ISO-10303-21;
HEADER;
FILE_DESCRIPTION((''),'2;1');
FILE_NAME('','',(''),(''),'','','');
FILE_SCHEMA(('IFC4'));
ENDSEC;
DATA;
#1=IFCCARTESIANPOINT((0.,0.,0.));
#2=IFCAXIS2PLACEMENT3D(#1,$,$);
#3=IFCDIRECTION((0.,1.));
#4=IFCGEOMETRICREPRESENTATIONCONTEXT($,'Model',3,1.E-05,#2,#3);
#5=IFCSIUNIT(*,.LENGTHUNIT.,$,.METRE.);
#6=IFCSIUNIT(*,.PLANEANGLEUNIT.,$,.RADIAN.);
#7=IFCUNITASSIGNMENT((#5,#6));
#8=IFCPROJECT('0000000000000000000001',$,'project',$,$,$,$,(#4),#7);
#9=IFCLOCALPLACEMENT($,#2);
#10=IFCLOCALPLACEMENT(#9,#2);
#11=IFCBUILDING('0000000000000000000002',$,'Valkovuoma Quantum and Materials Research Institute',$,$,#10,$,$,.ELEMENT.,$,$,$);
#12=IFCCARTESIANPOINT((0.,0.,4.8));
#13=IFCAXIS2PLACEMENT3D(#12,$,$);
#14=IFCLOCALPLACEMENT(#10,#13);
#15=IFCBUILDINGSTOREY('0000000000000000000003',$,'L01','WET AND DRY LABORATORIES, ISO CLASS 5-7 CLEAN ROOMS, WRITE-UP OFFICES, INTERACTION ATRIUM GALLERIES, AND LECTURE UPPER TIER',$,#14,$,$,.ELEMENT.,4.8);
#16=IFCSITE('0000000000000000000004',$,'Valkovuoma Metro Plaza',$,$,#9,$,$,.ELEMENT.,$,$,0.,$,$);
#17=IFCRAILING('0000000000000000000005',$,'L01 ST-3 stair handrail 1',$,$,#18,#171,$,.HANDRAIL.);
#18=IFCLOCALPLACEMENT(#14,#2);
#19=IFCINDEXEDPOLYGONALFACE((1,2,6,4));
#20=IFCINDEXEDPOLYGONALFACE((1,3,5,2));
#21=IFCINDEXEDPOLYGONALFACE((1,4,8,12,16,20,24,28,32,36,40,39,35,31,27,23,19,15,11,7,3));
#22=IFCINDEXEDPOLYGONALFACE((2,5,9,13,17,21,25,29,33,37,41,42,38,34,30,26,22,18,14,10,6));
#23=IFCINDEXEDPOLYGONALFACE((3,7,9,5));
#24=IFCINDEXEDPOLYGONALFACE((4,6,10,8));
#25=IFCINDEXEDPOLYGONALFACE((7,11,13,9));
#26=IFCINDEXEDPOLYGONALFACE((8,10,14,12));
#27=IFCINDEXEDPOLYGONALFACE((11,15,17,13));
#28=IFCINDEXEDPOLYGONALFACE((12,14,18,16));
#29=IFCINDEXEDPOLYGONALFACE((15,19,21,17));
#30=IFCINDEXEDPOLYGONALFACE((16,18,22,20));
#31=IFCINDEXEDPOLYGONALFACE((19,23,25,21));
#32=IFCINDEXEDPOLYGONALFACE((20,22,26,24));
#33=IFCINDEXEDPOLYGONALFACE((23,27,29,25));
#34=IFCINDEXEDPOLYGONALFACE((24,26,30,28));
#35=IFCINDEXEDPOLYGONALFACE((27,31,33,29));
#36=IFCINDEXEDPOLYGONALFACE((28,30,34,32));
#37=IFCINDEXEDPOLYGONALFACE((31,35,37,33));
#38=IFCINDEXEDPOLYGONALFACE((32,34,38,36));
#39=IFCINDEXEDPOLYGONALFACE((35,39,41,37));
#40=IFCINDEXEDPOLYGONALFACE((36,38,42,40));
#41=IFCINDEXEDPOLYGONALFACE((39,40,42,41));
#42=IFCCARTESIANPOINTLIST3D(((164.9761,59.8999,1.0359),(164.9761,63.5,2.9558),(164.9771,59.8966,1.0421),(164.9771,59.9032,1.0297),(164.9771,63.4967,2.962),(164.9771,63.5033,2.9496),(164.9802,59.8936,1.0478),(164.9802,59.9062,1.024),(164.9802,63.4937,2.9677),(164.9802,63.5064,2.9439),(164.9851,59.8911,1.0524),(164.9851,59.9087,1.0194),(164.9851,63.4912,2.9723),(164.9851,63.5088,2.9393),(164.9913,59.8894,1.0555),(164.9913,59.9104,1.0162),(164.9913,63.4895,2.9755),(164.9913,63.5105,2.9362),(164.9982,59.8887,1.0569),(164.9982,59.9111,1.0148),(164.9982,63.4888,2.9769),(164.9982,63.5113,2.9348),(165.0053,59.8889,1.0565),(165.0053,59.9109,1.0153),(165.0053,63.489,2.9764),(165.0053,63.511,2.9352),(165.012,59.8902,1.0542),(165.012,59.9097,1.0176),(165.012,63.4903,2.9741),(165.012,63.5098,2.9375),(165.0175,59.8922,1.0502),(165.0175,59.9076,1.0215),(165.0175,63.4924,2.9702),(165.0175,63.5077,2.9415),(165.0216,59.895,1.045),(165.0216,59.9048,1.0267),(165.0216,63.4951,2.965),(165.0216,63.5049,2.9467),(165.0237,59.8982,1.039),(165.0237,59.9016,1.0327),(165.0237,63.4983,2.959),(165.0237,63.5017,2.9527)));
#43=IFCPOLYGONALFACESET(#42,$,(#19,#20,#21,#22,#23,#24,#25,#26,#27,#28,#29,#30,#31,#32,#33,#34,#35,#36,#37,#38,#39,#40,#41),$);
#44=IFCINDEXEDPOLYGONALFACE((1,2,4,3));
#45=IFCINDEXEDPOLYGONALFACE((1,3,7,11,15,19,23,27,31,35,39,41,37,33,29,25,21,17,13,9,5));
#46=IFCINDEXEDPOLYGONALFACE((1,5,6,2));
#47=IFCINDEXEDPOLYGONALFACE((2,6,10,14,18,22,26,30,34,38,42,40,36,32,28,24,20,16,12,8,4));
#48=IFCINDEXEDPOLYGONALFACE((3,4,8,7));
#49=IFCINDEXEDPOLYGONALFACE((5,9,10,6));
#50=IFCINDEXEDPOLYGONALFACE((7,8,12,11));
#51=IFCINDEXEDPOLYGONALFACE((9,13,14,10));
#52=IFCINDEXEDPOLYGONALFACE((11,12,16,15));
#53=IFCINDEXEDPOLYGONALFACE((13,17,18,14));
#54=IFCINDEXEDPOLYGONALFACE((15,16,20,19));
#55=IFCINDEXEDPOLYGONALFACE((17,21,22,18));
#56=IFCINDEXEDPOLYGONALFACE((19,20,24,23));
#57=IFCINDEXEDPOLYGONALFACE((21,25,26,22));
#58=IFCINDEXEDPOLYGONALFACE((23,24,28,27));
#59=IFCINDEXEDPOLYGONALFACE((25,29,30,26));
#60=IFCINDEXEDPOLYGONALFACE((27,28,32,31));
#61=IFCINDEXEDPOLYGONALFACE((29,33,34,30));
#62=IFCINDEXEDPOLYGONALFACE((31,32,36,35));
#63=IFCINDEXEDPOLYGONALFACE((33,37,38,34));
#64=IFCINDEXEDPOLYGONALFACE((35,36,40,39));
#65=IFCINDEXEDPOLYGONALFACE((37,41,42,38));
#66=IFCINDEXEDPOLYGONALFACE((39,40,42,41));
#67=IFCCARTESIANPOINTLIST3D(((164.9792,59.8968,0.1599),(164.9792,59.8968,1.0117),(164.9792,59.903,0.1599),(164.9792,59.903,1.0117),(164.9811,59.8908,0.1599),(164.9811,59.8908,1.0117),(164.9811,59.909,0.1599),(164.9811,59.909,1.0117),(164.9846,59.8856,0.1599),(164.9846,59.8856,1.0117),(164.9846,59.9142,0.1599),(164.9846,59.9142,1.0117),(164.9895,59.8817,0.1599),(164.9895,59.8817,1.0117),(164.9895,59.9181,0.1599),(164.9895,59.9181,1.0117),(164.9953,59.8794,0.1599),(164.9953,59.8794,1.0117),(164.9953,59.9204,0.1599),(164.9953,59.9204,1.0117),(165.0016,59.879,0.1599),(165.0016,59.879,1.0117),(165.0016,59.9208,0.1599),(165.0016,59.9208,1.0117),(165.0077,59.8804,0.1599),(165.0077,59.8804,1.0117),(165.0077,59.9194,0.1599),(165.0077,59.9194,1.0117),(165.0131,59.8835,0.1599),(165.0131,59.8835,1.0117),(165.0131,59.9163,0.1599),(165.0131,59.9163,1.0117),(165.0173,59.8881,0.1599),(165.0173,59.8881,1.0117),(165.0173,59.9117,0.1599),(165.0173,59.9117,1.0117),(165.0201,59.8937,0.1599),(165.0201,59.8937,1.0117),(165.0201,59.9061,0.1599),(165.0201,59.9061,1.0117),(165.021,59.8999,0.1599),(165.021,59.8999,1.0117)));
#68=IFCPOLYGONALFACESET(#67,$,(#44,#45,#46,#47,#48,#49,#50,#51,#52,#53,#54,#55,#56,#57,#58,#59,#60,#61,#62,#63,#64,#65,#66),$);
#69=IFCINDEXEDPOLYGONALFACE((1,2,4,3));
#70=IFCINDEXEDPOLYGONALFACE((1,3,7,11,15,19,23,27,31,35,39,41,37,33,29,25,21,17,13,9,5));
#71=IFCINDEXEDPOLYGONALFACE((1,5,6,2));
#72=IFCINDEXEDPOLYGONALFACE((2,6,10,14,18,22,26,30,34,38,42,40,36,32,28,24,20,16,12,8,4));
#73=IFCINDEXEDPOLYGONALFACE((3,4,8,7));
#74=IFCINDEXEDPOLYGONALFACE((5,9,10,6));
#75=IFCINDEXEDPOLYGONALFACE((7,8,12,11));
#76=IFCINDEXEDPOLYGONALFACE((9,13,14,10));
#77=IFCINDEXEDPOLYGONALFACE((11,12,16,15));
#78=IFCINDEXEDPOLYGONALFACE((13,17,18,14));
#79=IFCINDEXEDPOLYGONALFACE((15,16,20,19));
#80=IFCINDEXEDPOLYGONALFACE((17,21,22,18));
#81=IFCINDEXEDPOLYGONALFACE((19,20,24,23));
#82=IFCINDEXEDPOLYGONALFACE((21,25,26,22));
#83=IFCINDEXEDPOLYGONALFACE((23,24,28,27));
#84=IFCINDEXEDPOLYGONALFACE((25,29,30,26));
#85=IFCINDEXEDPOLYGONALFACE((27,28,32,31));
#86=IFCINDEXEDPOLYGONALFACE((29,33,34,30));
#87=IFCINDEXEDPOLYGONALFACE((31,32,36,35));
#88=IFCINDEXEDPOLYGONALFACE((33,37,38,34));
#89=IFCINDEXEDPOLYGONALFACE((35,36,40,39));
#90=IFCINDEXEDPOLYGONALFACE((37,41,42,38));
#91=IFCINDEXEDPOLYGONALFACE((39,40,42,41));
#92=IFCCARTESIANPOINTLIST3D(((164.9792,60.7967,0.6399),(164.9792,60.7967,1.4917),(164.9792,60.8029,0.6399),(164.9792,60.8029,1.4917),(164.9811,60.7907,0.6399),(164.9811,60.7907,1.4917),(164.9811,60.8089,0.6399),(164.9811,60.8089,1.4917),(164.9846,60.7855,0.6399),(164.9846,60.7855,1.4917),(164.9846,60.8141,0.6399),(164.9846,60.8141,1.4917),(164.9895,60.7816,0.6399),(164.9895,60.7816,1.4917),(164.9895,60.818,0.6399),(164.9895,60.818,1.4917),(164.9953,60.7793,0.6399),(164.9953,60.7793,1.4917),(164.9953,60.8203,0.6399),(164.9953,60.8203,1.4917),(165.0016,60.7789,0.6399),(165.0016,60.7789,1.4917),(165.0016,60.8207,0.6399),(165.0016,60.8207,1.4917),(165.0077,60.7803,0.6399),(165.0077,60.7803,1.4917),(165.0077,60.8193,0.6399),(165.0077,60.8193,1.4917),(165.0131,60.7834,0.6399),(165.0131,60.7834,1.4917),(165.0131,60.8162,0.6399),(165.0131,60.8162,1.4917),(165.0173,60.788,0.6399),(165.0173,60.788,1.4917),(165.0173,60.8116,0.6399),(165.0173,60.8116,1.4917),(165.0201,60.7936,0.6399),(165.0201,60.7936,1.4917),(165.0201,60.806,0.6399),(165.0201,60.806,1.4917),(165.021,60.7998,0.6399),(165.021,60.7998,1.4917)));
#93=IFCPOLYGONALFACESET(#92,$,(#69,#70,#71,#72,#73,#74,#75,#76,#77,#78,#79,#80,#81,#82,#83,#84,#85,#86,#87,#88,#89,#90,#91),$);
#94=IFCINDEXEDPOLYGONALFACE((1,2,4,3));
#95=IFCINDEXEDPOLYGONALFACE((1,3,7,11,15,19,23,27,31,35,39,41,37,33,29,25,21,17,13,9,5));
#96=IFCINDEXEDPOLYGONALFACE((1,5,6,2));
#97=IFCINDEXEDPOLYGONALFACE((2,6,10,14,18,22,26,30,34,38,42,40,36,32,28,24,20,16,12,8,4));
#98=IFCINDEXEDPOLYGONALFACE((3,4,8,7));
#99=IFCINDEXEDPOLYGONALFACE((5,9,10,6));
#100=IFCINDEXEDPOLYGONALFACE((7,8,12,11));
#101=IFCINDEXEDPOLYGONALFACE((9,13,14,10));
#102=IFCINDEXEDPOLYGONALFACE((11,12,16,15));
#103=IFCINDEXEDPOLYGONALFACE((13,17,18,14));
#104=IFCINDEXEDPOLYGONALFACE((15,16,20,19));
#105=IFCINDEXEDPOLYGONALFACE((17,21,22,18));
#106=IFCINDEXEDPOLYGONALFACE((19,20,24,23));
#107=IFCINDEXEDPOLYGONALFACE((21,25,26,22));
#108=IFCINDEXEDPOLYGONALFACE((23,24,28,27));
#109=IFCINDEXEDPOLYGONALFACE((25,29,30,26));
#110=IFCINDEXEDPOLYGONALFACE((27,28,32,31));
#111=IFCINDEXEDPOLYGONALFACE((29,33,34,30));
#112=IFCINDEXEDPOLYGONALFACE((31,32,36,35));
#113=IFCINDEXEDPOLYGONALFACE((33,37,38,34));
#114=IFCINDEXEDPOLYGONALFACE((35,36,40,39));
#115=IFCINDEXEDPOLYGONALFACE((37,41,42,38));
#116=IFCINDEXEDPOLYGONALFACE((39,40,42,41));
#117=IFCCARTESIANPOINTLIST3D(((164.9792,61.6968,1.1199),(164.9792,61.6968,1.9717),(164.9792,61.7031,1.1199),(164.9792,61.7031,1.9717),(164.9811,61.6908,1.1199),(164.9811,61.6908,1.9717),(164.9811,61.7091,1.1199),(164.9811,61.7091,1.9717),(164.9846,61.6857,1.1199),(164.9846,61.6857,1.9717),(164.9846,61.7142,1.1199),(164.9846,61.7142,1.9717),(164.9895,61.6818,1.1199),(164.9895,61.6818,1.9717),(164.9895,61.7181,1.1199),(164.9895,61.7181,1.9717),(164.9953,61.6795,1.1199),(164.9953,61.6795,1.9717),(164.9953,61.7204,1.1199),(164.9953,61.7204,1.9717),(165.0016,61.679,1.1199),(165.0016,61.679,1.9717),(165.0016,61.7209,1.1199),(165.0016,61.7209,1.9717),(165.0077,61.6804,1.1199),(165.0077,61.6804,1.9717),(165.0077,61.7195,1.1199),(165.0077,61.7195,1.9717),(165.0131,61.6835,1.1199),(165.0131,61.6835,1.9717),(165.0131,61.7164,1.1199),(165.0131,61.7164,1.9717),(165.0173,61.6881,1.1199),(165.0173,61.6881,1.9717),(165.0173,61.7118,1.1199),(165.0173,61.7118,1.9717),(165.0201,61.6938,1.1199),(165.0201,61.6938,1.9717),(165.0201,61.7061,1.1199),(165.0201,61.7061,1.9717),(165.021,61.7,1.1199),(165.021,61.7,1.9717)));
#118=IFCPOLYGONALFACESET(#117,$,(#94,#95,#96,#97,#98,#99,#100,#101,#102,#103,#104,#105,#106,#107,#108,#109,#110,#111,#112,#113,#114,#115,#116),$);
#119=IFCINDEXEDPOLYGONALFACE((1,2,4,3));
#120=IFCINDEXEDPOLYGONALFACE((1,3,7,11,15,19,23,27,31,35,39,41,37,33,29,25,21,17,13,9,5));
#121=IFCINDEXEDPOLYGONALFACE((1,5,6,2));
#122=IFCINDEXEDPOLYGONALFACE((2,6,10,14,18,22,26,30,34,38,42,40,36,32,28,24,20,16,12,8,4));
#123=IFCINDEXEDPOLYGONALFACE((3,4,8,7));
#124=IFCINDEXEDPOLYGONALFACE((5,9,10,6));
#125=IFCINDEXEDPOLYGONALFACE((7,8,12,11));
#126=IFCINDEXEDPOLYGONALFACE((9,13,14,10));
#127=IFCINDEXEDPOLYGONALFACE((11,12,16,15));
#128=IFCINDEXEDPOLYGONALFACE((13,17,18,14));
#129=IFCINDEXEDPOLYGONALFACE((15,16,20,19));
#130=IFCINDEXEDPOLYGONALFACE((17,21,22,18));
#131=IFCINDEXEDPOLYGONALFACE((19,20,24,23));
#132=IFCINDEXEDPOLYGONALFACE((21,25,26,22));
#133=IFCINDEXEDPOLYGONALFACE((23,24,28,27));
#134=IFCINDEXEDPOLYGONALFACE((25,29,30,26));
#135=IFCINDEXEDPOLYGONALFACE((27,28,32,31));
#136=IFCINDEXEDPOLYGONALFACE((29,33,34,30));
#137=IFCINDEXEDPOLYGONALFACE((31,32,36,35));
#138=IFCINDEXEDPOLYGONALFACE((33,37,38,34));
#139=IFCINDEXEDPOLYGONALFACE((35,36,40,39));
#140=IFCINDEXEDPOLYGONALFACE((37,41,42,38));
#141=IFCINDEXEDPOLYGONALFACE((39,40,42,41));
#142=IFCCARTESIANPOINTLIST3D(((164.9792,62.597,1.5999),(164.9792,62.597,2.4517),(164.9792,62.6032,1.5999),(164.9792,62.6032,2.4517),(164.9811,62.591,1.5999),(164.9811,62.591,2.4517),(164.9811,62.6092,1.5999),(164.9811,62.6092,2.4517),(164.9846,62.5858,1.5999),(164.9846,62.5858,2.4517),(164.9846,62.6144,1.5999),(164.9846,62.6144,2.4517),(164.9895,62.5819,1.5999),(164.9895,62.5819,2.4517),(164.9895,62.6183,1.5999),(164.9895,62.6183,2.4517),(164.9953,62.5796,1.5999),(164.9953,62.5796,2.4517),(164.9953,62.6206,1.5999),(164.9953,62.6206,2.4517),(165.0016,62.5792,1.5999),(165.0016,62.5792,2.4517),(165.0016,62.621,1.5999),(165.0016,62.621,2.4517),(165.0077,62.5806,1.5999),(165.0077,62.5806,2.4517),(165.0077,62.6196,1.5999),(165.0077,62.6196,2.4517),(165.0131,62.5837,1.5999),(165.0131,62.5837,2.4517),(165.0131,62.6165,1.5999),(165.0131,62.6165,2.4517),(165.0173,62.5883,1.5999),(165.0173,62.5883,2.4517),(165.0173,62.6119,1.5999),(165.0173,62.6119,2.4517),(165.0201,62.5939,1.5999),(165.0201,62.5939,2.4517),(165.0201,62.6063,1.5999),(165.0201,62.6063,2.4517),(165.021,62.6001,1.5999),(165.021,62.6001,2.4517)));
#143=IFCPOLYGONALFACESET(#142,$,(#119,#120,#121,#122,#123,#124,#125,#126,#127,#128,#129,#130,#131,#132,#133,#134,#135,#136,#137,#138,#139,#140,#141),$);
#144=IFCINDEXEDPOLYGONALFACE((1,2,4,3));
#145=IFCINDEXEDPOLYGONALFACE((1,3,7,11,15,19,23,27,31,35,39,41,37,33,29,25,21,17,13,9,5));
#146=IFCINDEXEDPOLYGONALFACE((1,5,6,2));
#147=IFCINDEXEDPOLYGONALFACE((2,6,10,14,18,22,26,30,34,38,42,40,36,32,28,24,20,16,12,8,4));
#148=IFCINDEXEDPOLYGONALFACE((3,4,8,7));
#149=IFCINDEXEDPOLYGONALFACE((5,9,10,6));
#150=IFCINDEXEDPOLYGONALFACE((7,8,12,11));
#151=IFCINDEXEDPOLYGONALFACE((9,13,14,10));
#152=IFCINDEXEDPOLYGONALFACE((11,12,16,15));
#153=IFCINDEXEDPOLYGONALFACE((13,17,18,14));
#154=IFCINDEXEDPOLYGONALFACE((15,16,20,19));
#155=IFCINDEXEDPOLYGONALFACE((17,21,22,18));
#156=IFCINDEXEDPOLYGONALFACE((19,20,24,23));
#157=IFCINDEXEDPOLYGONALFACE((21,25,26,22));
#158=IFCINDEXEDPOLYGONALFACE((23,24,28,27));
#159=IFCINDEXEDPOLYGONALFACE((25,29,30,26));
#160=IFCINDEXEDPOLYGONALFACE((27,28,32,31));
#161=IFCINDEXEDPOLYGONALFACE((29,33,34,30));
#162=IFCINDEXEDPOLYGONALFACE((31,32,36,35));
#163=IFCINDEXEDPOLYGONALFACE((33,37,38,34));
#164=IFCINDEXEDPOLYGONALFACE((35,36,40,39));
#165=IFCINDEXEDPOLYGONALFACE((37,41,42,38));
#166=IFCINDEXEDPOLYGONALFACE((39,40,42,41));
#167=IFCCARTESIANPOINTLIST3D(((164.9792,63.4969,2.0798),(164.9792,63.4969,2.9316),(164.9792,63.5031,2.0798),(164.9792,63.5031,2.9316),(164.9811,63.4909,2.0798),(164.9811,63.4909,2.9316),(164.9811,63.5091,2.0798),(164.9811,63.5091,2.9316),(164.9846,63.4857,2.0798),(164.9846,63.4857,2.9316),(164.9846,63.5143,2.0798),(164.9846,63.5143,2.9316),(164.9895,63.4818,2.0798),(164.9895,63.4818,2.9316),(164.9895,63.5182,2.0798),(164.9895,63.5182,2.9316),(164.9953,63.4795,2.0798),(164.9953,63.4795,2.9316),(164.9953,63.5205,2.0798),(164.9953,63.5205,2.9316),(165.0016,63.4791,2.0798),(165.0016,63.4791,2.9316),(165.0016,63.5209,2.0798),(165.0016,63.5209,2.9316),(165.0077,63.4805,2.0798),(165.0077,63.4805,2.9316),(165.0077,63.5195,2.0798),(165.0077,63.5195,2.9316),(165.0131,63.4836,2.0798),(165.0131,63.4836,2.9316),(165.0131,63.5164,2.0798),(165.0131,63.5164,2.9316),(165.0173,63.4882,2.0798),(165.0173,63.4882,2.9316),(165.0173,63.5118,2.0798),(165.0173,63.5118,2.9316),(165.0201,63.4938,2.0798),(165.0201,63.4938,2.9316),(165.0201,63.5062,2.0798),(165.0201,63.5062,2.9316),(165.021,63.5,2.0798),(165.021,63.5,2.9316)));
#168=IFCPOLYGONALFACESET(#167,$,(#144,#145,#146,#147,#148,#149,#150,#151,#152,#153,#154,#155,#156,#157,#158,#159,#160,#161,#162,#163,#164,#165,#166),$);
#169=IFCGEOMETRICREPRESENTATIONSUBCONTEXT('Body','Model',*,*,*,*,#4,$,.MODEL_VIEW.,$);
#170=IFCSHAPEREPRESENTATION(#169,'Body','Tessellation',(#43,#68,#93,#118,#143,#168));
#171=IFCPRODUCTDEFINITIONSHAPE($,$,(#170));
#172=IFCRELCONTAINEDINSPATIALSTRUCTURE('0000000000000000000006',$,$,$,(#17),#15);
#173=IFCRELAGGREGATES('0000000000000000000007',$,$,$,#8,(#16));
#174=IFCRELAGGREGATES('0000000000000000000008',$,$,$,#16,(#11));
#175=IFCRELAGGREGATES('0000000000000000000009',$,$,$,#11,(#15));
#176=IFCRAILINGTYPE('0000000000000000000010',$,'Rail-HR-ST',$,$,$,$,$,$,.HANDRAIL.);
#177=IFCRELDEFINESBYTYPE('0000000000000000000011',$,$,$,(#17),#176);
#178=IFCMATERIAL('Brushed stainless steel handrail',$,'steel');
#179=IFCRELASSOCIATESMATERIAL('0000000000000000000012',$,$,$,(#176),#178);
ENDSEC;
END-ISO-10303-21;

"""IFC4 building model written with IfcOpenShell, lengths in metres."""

from ifc_helpers import new_model, si_unit, direction, frame, origin, origin_2d, place, context, subcontext, project, spatial, circle, extrude, material, type_object, element, save


model = new_model("IFC4")

# Units and contexts
model_context = context("Model", 3, precision=1e-05, world=origin(), true_north=direction((0.0, 1.0)))
body_context = subcontext(model_context, "Body", "Model", "MODEL_VIEW")
ifc_project = project(units=[si_unit("LENGTHUNIT", "METRE"), si_unit("PLANEANGLEUNIT", "RADIAN")], contexts=[model_context])

# Site, building, storey
site_placement = place(None, origin())
site = spatial("IfcSite", under=ifc_project, at=site_placement, Name="Valkovuoma Metro Plaza", CompositionType="ELEMENT", RefElevation=0.0)
building_placement = place(site_placement, origin())
building = spatial("IfcBuilding", under=site, at=building_placement, Name="Valkovuoma Quantum and Materials Research Institute", CompositionType="ELEMENT")
storey_placement = place(building_placement, frame((0.0, 0.0, 4.8)))
storey = spatial("IfcBuildingStorey", under=building, at=storey_placement, Name="L01", Description="WET AND DRY LABORATORIES, ISO CLASS 5-7 CLEAN ROOMS, WRITE-UP OFFICES, INTERACTION ATRIUM GALLERIES, AND LECTURE UPPER TIER", CompositionType="ELEMENT", Elevation=4.8)

# Railing
ifc_material_1 = material(Name="Brushed stainless steel handrail", Category="steel")
railing_type_1 = type_object("IfcRailingType", Name="Rail-HR-ST", PredefinedType="HANDRAIL", material=ifc_material_1)
railing_1_placement = place(storey_placement, frame((165.0, 59.8999, 0.1599)))
element("IfcRailing", 1, at=railing_1_placement, inside=storey, type_object=railing_type_1, Name="L01 ST-3 stair handrail 1", PredefinedType="HANDRAIL", context=body_context, shape_type="SweptSolid", body=[
    extrude(circle(Radius=0.0239, at=origin_2d()), frame((0.0, 0.0, 0.876), z_axis=(0.0, 0.882366, 0.470563), x_axis=(-1.0, 0.0, 0.0)), (0.0, 0.0, 1.0), 4.0801),
    extrude(circle(Radius=0.021, at=origin_2d()), origin(), (0.0, 0.0, 1.0), 0.8518),
    extrude(circle(Radius=0.021, at=origin_2d()), frame((0.0, 0.8999, 0.48)), (0.0, 0.0, 1.0), 0.8518),
    extrude(circle(Radius=0.021, at=origin_2d()), frame((0.0, 1.8, 0.96)), (0.0, 0.0, 1.0), 0.8518),
    extrude(circle(Radius=0.021, at=origin_2d()), frame((0.0, 2.7002, 1.4399)), (0.0, 0.0, 1.0), 0.8518),
    extrude(circle(Radius=0.021, at=origin_2d()), frame((0.0, 3.6001, 1.9199)), (0.0, 0.0, 1.0), 0.8518),
])

save(model, "model.ifc")
